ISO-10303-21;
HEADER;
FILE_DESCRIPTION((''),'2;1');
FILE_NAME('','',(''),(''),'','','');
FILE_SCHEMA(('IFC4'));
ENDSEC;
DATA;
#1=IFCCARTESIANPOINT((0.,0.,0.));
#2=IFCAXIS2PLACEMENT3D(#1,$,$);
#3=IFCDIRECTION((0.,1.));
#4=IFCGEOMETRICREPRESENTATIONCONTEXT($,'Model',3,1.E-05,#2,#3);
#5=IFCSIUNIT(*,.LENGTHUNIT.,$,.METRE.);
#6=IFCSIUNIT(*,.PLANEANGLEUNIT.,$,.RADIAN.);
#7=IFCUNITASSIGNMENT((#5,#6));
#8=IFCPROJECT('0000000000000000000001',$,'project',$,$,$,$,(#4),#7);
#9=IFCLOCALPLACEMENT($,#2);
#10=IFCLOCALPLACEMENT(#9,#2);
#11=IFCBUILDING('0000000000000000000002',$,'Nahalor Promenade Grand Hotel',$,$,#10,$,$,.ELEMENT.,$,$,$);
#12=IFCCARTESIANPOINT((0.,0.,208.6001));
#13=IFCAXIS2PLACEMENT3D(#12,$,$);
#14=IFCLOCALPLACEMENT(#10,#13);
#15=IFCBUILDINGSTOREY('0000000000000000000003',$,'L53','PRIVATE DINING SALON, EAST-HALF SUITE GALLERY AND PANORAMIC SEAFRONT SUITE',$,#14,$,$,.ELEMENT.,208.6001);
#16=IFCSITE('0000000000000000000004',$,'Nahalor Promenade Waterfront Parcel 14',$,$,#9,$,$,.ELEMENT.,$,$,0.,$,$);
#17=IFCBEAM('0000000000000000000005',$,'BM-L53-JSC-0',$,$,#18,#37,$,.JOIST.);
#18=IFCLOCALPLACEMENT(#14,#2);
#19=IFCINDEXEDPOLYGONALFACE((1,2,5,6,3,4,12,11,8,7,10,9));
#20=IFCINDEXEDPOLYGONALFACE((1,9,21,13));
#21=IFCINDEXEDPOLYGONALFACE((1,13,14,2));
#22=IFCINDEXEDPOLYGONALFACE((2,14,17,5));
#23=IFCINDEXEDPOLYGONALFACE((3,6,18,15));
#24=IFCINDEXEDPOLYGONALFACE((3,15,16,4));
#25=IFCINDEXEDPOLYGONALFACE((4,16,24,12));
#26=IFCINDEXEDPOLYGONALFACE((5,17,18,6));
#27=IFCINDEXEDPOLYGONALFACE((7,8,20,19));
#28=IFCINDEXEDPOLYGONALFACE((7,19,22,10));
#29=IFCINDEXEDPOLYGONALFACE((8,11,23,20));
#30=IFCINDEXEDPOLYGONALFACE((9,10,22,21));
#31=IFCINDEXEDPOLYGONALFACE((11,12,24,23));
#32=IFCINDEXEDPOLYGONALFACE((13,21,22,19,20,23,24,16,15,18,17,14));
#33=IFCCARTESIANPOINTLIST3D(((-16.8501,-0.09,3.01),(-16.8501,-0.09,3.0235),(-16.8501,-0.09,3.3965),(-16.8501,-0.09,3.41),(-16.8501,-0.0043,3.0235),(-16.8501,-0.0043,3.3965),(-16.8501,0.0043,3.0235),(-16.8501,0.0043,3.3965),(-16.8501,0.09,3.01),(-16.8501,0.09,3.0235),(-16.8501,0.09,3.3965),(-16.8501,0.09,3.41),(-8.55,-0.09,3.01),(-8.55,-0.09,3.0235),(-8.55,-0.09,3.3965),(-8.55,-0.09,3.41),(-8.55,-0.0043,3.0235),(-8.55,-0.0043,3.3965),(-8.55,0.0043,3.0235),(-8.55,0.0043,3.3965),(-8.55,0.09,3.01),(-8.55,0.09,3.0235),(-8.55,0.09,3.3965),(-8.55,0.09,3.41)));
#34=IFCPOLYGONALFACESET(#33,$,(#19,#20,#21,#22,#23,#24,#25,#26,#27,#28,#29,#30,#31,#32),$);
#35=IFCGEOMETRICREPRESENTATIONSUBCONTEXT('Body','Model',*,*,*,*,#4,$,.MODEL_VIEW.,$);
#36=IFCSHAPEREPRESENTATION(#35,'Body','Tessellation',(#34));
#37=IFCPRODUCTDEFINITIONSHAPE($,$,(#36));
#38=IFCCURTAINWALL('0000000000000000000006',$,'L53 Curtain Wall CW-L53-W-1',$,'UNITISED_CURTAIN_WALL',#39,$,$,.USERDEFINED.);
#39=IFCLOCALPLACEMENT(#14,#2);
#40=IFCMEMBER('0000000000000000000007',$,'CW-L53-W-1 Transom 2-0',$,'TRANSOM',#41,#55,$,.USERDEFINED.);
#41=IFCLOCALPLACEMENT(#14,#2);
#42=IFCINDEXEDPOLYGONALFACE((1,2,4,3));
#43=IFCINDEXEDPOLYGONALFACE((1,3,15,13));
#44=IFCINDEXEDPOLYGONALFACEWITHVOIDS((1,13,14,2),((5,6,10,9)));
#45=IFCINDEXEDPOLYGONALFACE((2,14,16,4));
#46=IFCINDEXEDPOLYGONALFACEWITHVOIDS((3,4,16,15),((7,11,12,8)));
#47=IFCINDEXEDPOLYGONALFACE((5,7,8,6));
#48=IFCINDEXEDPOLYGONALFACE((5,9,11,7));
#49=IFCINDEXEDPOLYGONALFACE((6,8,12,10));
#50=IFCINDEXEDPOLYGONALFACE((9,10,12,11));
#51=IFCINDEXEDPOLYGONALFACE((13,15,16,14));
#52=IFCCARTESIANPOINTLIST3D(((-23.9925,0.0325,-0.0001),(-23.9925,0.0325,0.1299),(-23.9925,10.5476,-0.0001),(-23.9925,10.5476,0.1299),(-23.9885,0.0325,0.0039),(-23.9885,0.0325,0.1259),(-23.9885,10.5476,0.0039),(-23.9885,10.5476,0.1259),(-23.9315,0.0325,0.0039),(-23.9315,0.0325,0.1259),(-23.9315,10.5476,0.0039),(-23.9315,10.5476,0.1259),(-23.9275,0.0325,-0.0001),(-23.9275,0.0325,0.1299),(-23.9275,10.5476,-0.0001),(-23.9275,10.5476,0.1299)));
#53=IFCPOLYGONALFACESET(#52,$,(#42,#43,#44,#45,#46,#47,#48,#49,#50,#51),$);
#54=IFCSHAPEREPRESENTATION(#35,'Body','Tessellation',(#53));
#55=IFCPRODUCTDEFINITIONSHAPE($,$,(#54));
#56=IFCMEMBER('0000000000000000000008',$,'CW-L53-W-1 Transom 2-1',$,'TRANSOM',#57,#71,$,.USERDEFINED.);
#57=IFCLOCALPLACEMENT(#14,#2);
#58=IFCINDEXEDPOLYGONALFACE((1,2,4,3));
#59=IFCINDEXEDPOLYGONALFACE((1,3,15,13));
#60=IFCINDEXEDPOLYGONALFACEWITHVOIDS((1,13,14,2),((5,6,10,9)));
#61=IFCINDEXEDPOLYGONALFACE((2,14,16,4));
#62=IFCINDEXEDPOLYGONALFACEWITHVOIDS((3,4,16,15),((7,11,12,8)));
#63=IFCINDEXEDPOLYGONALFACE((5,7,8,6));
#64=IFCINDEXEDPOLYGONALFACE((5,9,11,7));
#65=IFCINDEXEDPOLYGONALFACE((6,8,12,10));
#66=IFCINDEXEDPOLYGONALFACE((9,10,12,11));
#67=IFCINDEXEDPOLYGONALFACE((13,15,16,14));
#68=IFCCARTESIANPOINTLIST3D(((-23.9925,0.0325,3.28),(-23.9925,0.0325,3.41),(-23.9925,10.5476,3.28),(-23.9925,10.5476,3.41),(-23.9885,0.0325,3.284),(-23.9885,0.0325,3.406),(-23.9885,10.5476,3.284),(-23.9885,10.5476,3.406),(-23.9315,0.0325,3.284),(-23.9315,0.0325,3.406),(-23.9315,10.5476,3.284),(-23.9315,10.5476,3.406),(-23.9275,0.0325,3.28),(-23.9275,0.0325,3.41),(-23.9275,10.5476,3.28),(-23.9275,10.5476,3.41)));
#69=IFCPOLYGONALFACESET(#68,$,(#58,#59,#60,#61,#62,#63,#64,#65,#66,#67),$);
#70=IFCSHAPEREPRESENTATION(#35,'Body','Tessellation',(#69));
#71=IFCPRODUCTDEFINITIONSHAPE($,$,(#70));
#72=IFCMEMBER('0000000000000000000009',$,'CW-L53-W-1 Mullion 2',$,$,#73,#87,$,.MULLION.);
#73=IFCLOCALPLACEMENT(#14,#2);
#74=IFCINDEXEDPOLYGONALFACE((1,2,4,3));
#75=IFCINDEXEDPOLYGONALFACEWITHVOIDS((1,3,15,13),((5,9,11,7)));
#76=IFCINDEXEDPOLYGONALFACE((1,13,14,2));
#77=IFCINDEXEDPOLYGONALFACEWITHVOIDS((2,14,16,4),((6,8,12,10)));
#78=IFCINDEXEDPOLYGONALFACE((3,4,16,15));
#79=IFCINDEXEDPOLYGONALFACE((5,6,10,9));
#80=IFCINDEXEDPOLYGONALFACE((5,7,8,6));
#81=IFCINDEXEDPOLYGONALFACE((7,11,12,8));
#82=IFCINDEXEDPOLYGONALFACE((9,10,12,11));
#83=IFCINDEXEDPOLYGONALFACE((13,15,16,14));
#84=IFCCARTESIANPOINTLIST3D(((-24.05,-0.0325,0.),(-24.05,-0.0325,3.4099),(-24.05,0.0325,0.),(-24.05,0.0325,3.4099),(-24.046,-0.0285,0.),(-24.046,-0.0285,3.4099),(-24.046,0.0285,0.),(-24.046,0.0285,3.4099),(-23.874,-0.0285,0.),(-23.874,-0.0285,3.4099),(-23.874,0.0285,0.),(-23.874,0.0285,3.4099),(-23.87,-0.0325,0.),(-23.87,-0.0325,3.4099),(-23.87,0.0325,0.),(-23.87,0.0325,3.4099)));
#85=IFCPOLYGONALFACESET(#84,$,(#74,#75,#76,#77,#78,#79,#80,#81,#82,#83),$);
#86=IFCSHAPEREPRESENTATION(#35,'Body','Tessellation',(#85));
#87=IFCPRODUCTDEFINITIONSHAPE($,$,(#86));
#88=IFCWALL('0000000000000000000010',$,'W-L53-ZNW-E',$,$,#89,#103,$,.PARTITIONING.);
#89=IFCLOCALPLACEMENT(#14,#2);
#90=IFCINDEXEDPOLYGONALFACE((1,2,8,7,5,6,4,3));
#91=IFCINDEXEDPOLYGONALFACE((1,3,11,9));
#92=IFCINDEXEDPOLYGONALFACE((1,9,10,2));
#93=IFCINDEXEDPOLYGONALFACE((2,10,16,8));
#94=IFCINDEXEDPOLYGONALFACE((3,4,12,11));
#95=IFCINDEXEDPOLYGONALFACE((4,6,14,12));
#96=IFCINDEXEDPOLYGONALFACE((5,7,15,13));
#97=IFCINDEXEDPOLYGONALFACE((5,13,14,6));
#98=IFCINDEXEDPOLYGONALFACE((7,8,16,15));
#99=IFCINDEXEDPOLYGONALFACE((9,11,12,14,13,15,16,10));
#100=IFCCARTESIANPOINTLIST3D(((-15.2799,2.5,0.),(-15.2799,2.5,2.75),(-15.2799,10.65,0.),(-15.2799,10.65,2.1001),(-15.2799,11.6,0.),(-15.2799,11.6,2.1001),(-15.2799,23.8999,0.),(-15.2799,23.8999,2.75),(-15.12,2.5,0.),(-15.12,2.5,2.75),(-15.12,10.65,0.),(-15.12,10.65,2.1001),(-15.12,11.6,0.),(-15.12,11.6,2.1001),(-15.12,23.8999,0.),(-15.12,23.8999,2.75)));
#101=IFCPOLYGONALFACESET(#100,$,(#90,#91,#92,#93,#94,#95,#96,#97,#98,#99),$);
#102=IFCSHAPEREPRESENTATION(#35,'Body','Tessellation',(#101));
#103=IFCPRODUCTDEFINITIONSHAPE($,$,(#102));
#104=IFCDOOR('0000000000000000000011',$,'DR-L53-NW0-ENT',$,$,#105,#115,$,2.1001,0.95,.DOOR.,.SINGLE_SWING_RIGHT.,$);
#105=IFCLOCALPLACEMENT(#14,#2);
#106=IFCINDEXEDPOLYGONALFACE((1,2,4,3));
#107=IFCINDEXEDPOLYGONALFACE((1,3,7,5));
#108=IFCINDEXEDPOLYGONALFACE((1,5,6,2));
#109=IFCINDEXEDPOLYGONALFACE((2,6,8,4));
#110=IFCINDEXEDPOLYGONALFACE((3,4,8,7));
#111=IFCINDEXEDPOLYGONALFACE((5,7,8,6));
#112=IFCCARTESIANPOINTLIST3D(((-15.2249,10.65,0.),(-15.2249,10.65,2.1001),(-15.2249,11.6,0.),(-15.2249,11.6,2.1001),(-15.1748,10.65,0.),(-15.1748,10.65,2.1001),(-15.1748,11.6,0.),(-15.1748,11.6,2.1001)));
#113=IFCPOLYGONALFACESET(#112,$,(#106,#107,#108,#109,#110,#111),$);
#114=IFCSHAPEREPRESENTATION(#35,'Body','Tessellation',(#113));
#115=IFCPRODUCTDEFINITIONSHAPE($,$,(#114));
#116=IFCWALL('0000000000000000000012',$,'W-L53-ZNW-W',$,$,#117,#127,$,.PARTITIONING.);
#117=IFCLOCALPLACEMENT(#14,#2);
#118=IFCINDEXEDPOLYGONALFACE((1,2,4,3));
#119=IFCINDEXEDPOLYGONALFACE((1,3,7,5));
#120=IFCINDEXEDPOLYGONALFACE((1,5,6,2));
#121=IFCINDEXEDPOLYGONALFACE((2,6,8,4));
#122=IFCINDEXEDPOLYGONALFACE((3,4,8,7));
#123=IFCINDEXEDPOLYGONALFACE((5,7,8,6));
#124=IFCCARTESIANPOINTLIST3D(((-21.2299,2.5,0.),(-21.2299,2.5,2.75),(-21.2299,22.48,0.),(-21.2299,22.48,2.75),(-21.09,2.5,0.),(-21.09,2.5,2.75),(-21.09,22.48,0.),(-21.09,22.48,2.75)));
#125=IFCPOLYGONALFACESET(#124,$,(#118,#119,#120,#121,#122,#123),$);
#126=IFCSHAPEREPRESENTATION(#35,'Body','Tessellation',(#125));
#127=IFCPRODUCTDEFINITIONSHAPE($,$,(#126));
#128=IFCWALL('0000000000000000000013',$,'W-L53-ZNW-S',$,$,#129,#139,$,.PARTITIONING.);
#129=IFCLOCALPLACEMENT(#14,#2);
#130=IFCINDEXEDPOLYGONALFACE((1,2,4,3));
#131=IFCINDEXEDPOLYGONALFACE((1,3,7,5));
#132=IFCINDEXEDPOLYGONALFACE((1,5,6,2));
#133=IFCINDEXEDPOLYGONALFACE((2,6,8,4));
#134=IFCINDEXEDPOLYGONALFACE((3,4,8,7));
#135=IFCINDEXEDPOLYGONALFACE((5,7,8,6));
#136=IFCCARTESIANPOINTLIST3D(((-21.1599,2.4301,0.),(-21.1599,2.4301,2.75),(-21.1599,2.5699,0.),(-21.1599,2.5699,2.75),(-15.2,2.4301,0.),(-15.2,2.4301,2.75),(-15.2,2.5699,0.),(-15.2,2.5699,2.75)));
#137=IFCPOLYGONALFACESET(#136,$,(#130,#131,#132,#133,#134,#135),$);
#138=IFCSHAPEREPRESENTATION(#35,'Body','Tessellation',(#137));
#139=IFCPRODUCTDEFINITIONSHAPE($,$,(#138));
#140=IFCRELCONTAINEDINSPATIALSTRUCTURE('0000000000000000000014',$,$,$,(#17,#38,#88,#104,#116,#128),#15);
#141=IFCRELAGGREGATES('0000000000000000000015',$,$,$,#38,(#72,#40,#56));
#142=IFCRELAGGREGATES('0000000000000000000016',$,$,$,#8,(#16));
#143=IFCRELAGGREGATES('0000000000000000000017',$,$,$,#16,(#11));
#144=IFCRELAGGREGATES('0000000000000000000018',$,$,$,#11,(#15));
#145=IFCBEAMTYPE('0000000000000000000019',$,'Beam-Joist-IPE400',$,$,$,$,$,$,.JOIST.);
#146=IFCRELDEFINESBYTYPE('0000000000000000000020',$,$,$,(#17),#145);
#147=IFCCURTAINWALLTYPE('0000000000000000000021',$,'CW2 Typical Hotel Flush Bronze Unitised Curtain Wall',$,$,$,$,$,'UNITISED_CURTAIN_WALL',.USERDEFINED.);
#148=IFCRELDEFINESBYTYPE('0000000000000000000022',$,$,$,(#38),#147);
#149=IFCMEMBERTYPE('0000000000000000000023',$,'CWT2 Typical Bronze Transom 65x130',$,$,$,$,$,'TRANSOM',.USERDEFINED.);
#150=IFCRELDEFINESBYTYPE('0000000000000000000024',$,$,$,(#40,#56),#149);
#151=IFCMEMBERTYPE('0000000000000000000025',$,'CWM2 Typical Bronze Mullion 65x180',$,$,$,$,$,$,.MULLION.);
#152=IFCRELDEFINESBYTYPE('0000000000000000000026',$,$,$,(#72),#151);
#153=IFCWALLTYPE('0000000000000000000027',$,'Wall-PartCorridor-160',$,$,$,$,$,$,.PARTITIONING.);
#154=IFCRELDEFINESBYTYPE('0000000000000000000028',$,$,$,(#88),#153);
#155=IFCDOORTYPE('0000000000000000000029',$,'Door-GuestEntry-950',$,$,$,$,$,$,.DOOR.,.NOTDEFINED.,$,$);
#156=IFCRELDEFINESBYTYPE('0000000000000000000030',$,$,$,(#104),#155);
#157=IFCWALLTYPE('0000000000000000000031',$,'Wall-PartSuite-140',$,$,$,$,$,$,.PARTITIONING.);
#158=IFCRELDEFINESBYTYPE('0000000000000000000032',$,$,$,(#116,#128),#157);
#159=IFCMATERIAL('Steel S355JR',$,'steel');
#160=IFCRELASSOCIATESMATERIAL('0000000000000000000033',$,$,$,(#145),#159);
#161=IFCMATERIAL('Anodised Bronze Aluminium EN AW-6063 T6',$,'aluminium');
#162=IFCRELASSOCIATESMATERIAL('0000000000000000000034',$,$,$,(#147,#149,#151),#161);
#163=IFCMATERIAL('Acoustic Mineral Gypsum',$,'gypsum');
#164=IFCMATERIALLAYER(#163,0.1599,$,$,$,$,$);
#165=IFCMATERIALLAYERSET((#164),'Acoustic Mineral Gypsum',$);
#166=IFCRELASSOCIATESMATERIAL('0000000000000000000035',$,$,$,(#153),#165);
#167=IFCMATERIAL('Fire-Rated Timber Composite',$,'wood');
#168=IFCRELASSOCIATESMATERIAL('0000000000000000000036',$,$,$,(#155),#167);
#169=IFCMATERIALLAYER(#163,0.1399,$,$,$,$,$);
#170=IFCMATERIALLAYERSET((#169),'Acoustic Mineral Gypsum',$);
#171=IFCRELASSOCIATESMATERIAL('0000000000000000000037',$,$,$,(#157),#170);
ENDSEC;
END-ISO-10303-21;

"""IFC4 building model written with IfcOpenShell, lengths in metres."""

from ifc_helpers import new_model, si_unit, direction, frame, frame_2d, origin, origin_2d, place, context, subcontext, project, spatial, rectangle, hollow_rectangle, i_section, extrude, source, transform, mapped, material, layer, layer_set, material_profile, profile_set, type_object, element, fill, aggregate, save


model = new_model("IFC4")

# Units and contexts
model_context = context("Model", 3, precision=1e-05, world=origin(), true_north=direction((0.0, 1.0)))
body_context = subcontext(model_context, "Body", "Model", "MODEL_VIEW")
ifc_project = project(units=[si_unit("LENGTHUNIT", "METRE"), si_unit("PLANEANGLEUNIT", "RADIAN")], contexts=[model_context])

# Site, building, storey
site_placement = place(None, origin())
site = spatial("IfcSite", under=ifc_project, at=site_placement, Name="Nahalor Promenade Waterfront Parcel 14", CompositionType="ELEMENT", RefElevation=0.0)
building_placement = place(site_placement, origin())
building = spatial("IfcBuilding", under=site, at=building_placement, Name="Nahalor Promenade Grand Hotel", CompositionType="ELEMENT")
storey_placement = place(building_placement, frame((0.0, 0.0, 208.6001)))
storey = spatial("IfcBuildingStorey", under=building, at=storey_placement, Name="L53", Description="PRIVATE DINING SALON, EAST-HALF SUITE GALLERY AND PANORAMIC SEAFRONT SUITE", CompositionType="ELEMENT", Elevation=208.6001)

# Beam
ifc_material_1 = material(Name="Steel S355JR", Category="steel")
ifc_material_profile_1 = material_profile(ifc_material_1, i_section(OverallWidth=0.18, OverallDepth=0.4, WebThickness=0.0086, FlangeThickness=0.0135, at=origin_2d()), Name="IPE 400")
ifc_profile_set_1 = profile_set([ifc_material_profile_1], Name="Steel S355JR")
beam_type = type_object("IfcBeamType", Name="Beam-Joist-IPE400", PredefinedType="JOIST", material=ifc_profile_set_1)
shared_shape_1 = source(origin(), body_context, "Body", "SweptSolid", [
    extrude(i_section(OverallWidth=0.18, OverallDepth=0.4, WebThickness=0.0086, FlangeThickness=0.0135, at=origin_2d()), origin(), (0.0, 0.0, 1.0), 8.3),
])
beam_placement = place(storey_placement, frame((-16.8501, 0.0, 3.21), z_axis=(1.0, 0.0, 0.0), x_axis=(0.0, 1.0, 0.0)))
element("IfcBeam", 1, at=beam_placement, inside=storey, type_object=beam_type, Name="BM-L53-JSC-0", PredefinedType="JOIST", context=body_context, shape_type="MappedRepresentation", body=[
    mapped(shared_shape_1, transform((0.0, 0.0, 0.0), scale=1.0)),
])

# Curtain wall, members
ifc_material_2 = material(Name="Anodised Bronze Aluminium EN AW-6063 T6", Category="aluminium")
curtain_wall_type = type_object("IfcCurtainWallType", Name="CW2 Typical Hotel Flush Bronze Unitised Curtain Wall", ElementType="UNITISED_CURTAIN_WALL", PredefinedType="USERDEFINED", material=ifc_material_2)
curtain_wall_placement = place(storey_placement, origin())
curtain_wall = element("IfcCurtainWall", 2, at=curtain_wall_placement, inside=storey, type_object=curtain_wall_type, Name="L53 Curtain Wall CW-L53-W-1", ObjectType="UNITISED_CURTAIN_WALL", PredefinedType="USERDEFINED")
ifc_material_profile_2 = material_profile(ifc_material_2, hollow_rectangle(XDim=0.065, YDim=0.13, WallThickness=0.004, at=origin_2d()), Name="CWT 65x130x4")
ifc_profile_set_2 = profile_set([ifc_material_profile_2], Name="Anodised Bronze Aluminium EN AW-6063 T6")
member_type_1 = type_object("IfcMemberType", Name="CWT2 Typical Bronze Transom 65x130", ElementType="TRANSOM", PredefinedType="USERDEFINED", material=ifc_profile_set_2)
shared_shape_2 = source(origin(), body_context, "Body", "SweptSolid", [
    extrude(hollow_rectangle(XDim=0.065, YDim=0.13, WallThickness=0.004, at=origin_2d()), origin(), (0.0, 0.0, 1.0), 10.5151),
])
member_1_placement = place(storey_placement, frame((-23.96, 0.0325, 0.0649), z_axis=(0.0, 1.0, 0.0), x_axis=(-1.0, 0.0, 0.0)))
member_1 = element("IfcMember", 3, at=member_1_placement, type_object=member_type_1, Name="CW-L53-W-1 Transom 2-0", ObjectType="TRANSOM", PredefinedType="USERDEFINED", context=body_context, shape_type="MappedRepresentation", body=[
    mapped(shared_shape_2, transform((0.0, 0.0, 0.0), scale=1.0)),
])
member_2_placement = place(storey_placement, frame((-23.96, 0.0325, 3.345), z_axis=(0.0, 1.0, 0.0), x_axis=(-1.0, 0.0, 0.0)))
member_2 = element("IfcMember", 4, at=member_2_placement, type_object=member_type_1, Name="CW-L53-W-1 Transom 2-1", ObjectType="TRANSOM", PredefinedType="USERDEFINED", context=body_context, shape_type="MappedRepresentation", body=[
    mapped(shared_shape_2, transform((0.0, 0.0, 0.0), scale=1.0)),
])
ifc_material_profile_3 = material_profile(ifc_material_2, hollow_rectangle(XDim=0.065, YDim=0.18, WallThickness=0.004, at=origin_2d()), Name="CWM 65x180x4")
ifc_profile_set_3 = profile_set([ifc_material_profile_3], Name="Anodised Bronze Aluminium EN AW-6063 T6")
member_type_2 = type_object("IfcMemberType", Name="CWM2 Typical Bronze Mullion 65x180", PredefinedType="MULLION", material=ifc_profile_set_3)
shared_shape_3 = source(origin(), body_context, "Body", "SweptSolid", [
    extrude(hollow_rectangle(XDim=0.065, YDim=0.18, WallThickness=0.004, at=origin_2d()), origin(), (0.0, 0.0, 1.0), 3.4099),
])
member_3_placement = place(storey_placement, frame((-23.96, 0.0, 0.0), z_axis=(0.0, 0.0, 1.0), x_axis=(0.0, 1.0, 0.0)))
member_3 = element("IfcMember", 5, at=member_3_placement, type_object=member_type_2, Name="CW-L53-W-1 Mullion 2", PredefinedType="MULLION", context=body_context, shape_type="MappedRepresentation", body=[
    mapped(shared_shape_3, transform((0.0, 0.0, 0.0), scale=1.0)),
])
aggregate(curtain_wall, [member_3, member_1, member_2])

# Wall, opening, door
ifc_material_3 = material(Name="Acoustic Mineral Gypsum", Category="gypsum")
ifc_layer_1 = layer(ifc_material_3, 0.1599)
ifc_layer_set_1 = layer_set([ifc_layer_1], Name="Acoustic Mineral Gypsum")
wall_type_1 = type_object("IfcWallType", Name="Wall-PartCorridor-160", PredefinedType="PARTITIONING", material=ifc_layer_set_1)
shared_shape_4 = source(origin(), body_context, "Body", "SweptSolid", [
    extrude(rectangle(XDim=21.3999, YDim=0.1599, at=frame_2d((10.7, 0.0))), origin(), (0.0, 0.0, 1.0), 2.75),
])
wall_1_placement = place(storey_placement, frame((-15.2, 2.5, 0.0), z_axis=(0.0, 0.0, 1.0), x_axis=(0.0, 1.0, 0.0)))
wall_1 = element("IfcWall", 6, at=wall_1_placement, inside=storey, type_object=wall_type_1, Name="W-L53-ZNW-E", PredefinedType="PARTITIONING", context=body_context, shape_type="MappedRepresentation", body=[
    mapped(shared_shape_4, transform((0.0, 0.0, 0.0), scale=1.0)),
])
opening_1_placement = place(wall_1_placement, frame((8.1499, 0.0, 0.0)))
opening_1 = element("IfcOpeningElement", 7, at=opening_1_placement, cuts=wall_1, PredefinedType="OPENING", context=body_context, shape_type="SweptSolid", body=[
    extrude(rectangle(XDim=0.95, YDim=2.1001, at=frame_2d((0.4751, 1.05))), frame((0.0, 0.0898, 0.0), z_axis=(0.0, -1.0, 0.0), x_axis=(1.0, 0.0, 0.0)), (0.0, 0.0, 1.0), 0.1799),
])
ifc_material_4 = material(Name="Fire-Rated Timber Composite", Category="wood")
door_type_1 = type_object("IfcDoorType", Name="Door-GuestEntry-950", OperationType="NOTDEFINED", PredefinedType="DOOR", material=ifc_material_4)
shared_shape_5 = source(origin(), body_context, "Body", "SweptSolid", [
    extrude(rectangle(XDim=0.95, YDim=2.1001, at=frame_2d((0.4751, 1.05))), frame((0.0, 0.0249, 0.0), z_axis=(0.0, -1.0, 0.0), x_axis=(1.0, 0.0, 0.0)), (0.0, 0.0, 1.0), 0.05),
])
door_1_placement = place(opening_1_placement, origin())
door_1 = element("IfcDoor", 8, at=door_1_placement, inside=storey, type_object=door_type_1, Name="DR-L53-NW0-ENT", OperationType="SINGLE_SWING_RIGHT", OverallHeight=2.1001, OverallWidth=0.95, PredefinedType="DOOR", context=body_context, shape_type="MappedRepresentation", body=[
    mapped(shared_shape_5, transform((0.0, 0.0, 0.0), scale=1.0)),
])
fill(opening_1, door_1)

# Walls
ifc_layer_2 = layer(ifc_material_3, 0.1399)
ifc_layer_set_2 = layer_set([ifc_layer_2], Name="Acoustic Mineral Gypsum")
wall_type_2 = type_object("IfcWallType", Name="Wall-PartSuite-140", PredefinedType="PARTITIONING", material=ifc_layer_set_2)
shared_shape_6 = source(origin(), body_context, "Body", "SweptSolid", [
    extrude(rectangle(XDim=19.98, YDim=0.1399, at=frame_2d((9.99, 0.0))), origin(), (0.0, 0.0, 1.0), 2.75),
])
wall_2_placement = place(storey_placement, frame((-21.1599, 2.5, 0.0), z_axis=(0.0, 0.0, 1.0), x_axis=(0.0, 1.0, 0.0)))
element("IfcWall", 9, at=wall_2_placement, inside=storey, type_object=wall_type_2, Name="W-L53-ZNW-W", PredefinedType="PARTITIONING", context=body_context, shape_type="MappedRepresentation", body=[
    mapped(shared_shape_6, transform((0.0, 0.0, 0.0), scale=1.0)),
])
shared_shape_7 = source(origin(), body_context, "Body", "SweptSolid", [
    extrude(rectangle(XDim=5.96, YDim=0.1399, at=frame_2d((2.98, 0.0))), origin(), (0.0, 0.0, 1.0), 2.75),
])
wall_3_placement = place(storey_placement, frame((-21.1599, 2.5, 0.0), z_axis=(0.0, 0.0, 1.0), x_axis=(1.0, 0.0, 0.0)))
element("IfcWall", 10, at=wall_3_placement, inside=storey, type_object=wall_type_2, Name="W-L53-ZNW-S", PredefinedType="PARTITIONING", context=body_context, shape_type="MappedRepresentation", body=[
    mapped(shared_shape_7, transform((0.0, 0.0, 0.0), scale=1.0)),
])

save(model, "model.ifc")
